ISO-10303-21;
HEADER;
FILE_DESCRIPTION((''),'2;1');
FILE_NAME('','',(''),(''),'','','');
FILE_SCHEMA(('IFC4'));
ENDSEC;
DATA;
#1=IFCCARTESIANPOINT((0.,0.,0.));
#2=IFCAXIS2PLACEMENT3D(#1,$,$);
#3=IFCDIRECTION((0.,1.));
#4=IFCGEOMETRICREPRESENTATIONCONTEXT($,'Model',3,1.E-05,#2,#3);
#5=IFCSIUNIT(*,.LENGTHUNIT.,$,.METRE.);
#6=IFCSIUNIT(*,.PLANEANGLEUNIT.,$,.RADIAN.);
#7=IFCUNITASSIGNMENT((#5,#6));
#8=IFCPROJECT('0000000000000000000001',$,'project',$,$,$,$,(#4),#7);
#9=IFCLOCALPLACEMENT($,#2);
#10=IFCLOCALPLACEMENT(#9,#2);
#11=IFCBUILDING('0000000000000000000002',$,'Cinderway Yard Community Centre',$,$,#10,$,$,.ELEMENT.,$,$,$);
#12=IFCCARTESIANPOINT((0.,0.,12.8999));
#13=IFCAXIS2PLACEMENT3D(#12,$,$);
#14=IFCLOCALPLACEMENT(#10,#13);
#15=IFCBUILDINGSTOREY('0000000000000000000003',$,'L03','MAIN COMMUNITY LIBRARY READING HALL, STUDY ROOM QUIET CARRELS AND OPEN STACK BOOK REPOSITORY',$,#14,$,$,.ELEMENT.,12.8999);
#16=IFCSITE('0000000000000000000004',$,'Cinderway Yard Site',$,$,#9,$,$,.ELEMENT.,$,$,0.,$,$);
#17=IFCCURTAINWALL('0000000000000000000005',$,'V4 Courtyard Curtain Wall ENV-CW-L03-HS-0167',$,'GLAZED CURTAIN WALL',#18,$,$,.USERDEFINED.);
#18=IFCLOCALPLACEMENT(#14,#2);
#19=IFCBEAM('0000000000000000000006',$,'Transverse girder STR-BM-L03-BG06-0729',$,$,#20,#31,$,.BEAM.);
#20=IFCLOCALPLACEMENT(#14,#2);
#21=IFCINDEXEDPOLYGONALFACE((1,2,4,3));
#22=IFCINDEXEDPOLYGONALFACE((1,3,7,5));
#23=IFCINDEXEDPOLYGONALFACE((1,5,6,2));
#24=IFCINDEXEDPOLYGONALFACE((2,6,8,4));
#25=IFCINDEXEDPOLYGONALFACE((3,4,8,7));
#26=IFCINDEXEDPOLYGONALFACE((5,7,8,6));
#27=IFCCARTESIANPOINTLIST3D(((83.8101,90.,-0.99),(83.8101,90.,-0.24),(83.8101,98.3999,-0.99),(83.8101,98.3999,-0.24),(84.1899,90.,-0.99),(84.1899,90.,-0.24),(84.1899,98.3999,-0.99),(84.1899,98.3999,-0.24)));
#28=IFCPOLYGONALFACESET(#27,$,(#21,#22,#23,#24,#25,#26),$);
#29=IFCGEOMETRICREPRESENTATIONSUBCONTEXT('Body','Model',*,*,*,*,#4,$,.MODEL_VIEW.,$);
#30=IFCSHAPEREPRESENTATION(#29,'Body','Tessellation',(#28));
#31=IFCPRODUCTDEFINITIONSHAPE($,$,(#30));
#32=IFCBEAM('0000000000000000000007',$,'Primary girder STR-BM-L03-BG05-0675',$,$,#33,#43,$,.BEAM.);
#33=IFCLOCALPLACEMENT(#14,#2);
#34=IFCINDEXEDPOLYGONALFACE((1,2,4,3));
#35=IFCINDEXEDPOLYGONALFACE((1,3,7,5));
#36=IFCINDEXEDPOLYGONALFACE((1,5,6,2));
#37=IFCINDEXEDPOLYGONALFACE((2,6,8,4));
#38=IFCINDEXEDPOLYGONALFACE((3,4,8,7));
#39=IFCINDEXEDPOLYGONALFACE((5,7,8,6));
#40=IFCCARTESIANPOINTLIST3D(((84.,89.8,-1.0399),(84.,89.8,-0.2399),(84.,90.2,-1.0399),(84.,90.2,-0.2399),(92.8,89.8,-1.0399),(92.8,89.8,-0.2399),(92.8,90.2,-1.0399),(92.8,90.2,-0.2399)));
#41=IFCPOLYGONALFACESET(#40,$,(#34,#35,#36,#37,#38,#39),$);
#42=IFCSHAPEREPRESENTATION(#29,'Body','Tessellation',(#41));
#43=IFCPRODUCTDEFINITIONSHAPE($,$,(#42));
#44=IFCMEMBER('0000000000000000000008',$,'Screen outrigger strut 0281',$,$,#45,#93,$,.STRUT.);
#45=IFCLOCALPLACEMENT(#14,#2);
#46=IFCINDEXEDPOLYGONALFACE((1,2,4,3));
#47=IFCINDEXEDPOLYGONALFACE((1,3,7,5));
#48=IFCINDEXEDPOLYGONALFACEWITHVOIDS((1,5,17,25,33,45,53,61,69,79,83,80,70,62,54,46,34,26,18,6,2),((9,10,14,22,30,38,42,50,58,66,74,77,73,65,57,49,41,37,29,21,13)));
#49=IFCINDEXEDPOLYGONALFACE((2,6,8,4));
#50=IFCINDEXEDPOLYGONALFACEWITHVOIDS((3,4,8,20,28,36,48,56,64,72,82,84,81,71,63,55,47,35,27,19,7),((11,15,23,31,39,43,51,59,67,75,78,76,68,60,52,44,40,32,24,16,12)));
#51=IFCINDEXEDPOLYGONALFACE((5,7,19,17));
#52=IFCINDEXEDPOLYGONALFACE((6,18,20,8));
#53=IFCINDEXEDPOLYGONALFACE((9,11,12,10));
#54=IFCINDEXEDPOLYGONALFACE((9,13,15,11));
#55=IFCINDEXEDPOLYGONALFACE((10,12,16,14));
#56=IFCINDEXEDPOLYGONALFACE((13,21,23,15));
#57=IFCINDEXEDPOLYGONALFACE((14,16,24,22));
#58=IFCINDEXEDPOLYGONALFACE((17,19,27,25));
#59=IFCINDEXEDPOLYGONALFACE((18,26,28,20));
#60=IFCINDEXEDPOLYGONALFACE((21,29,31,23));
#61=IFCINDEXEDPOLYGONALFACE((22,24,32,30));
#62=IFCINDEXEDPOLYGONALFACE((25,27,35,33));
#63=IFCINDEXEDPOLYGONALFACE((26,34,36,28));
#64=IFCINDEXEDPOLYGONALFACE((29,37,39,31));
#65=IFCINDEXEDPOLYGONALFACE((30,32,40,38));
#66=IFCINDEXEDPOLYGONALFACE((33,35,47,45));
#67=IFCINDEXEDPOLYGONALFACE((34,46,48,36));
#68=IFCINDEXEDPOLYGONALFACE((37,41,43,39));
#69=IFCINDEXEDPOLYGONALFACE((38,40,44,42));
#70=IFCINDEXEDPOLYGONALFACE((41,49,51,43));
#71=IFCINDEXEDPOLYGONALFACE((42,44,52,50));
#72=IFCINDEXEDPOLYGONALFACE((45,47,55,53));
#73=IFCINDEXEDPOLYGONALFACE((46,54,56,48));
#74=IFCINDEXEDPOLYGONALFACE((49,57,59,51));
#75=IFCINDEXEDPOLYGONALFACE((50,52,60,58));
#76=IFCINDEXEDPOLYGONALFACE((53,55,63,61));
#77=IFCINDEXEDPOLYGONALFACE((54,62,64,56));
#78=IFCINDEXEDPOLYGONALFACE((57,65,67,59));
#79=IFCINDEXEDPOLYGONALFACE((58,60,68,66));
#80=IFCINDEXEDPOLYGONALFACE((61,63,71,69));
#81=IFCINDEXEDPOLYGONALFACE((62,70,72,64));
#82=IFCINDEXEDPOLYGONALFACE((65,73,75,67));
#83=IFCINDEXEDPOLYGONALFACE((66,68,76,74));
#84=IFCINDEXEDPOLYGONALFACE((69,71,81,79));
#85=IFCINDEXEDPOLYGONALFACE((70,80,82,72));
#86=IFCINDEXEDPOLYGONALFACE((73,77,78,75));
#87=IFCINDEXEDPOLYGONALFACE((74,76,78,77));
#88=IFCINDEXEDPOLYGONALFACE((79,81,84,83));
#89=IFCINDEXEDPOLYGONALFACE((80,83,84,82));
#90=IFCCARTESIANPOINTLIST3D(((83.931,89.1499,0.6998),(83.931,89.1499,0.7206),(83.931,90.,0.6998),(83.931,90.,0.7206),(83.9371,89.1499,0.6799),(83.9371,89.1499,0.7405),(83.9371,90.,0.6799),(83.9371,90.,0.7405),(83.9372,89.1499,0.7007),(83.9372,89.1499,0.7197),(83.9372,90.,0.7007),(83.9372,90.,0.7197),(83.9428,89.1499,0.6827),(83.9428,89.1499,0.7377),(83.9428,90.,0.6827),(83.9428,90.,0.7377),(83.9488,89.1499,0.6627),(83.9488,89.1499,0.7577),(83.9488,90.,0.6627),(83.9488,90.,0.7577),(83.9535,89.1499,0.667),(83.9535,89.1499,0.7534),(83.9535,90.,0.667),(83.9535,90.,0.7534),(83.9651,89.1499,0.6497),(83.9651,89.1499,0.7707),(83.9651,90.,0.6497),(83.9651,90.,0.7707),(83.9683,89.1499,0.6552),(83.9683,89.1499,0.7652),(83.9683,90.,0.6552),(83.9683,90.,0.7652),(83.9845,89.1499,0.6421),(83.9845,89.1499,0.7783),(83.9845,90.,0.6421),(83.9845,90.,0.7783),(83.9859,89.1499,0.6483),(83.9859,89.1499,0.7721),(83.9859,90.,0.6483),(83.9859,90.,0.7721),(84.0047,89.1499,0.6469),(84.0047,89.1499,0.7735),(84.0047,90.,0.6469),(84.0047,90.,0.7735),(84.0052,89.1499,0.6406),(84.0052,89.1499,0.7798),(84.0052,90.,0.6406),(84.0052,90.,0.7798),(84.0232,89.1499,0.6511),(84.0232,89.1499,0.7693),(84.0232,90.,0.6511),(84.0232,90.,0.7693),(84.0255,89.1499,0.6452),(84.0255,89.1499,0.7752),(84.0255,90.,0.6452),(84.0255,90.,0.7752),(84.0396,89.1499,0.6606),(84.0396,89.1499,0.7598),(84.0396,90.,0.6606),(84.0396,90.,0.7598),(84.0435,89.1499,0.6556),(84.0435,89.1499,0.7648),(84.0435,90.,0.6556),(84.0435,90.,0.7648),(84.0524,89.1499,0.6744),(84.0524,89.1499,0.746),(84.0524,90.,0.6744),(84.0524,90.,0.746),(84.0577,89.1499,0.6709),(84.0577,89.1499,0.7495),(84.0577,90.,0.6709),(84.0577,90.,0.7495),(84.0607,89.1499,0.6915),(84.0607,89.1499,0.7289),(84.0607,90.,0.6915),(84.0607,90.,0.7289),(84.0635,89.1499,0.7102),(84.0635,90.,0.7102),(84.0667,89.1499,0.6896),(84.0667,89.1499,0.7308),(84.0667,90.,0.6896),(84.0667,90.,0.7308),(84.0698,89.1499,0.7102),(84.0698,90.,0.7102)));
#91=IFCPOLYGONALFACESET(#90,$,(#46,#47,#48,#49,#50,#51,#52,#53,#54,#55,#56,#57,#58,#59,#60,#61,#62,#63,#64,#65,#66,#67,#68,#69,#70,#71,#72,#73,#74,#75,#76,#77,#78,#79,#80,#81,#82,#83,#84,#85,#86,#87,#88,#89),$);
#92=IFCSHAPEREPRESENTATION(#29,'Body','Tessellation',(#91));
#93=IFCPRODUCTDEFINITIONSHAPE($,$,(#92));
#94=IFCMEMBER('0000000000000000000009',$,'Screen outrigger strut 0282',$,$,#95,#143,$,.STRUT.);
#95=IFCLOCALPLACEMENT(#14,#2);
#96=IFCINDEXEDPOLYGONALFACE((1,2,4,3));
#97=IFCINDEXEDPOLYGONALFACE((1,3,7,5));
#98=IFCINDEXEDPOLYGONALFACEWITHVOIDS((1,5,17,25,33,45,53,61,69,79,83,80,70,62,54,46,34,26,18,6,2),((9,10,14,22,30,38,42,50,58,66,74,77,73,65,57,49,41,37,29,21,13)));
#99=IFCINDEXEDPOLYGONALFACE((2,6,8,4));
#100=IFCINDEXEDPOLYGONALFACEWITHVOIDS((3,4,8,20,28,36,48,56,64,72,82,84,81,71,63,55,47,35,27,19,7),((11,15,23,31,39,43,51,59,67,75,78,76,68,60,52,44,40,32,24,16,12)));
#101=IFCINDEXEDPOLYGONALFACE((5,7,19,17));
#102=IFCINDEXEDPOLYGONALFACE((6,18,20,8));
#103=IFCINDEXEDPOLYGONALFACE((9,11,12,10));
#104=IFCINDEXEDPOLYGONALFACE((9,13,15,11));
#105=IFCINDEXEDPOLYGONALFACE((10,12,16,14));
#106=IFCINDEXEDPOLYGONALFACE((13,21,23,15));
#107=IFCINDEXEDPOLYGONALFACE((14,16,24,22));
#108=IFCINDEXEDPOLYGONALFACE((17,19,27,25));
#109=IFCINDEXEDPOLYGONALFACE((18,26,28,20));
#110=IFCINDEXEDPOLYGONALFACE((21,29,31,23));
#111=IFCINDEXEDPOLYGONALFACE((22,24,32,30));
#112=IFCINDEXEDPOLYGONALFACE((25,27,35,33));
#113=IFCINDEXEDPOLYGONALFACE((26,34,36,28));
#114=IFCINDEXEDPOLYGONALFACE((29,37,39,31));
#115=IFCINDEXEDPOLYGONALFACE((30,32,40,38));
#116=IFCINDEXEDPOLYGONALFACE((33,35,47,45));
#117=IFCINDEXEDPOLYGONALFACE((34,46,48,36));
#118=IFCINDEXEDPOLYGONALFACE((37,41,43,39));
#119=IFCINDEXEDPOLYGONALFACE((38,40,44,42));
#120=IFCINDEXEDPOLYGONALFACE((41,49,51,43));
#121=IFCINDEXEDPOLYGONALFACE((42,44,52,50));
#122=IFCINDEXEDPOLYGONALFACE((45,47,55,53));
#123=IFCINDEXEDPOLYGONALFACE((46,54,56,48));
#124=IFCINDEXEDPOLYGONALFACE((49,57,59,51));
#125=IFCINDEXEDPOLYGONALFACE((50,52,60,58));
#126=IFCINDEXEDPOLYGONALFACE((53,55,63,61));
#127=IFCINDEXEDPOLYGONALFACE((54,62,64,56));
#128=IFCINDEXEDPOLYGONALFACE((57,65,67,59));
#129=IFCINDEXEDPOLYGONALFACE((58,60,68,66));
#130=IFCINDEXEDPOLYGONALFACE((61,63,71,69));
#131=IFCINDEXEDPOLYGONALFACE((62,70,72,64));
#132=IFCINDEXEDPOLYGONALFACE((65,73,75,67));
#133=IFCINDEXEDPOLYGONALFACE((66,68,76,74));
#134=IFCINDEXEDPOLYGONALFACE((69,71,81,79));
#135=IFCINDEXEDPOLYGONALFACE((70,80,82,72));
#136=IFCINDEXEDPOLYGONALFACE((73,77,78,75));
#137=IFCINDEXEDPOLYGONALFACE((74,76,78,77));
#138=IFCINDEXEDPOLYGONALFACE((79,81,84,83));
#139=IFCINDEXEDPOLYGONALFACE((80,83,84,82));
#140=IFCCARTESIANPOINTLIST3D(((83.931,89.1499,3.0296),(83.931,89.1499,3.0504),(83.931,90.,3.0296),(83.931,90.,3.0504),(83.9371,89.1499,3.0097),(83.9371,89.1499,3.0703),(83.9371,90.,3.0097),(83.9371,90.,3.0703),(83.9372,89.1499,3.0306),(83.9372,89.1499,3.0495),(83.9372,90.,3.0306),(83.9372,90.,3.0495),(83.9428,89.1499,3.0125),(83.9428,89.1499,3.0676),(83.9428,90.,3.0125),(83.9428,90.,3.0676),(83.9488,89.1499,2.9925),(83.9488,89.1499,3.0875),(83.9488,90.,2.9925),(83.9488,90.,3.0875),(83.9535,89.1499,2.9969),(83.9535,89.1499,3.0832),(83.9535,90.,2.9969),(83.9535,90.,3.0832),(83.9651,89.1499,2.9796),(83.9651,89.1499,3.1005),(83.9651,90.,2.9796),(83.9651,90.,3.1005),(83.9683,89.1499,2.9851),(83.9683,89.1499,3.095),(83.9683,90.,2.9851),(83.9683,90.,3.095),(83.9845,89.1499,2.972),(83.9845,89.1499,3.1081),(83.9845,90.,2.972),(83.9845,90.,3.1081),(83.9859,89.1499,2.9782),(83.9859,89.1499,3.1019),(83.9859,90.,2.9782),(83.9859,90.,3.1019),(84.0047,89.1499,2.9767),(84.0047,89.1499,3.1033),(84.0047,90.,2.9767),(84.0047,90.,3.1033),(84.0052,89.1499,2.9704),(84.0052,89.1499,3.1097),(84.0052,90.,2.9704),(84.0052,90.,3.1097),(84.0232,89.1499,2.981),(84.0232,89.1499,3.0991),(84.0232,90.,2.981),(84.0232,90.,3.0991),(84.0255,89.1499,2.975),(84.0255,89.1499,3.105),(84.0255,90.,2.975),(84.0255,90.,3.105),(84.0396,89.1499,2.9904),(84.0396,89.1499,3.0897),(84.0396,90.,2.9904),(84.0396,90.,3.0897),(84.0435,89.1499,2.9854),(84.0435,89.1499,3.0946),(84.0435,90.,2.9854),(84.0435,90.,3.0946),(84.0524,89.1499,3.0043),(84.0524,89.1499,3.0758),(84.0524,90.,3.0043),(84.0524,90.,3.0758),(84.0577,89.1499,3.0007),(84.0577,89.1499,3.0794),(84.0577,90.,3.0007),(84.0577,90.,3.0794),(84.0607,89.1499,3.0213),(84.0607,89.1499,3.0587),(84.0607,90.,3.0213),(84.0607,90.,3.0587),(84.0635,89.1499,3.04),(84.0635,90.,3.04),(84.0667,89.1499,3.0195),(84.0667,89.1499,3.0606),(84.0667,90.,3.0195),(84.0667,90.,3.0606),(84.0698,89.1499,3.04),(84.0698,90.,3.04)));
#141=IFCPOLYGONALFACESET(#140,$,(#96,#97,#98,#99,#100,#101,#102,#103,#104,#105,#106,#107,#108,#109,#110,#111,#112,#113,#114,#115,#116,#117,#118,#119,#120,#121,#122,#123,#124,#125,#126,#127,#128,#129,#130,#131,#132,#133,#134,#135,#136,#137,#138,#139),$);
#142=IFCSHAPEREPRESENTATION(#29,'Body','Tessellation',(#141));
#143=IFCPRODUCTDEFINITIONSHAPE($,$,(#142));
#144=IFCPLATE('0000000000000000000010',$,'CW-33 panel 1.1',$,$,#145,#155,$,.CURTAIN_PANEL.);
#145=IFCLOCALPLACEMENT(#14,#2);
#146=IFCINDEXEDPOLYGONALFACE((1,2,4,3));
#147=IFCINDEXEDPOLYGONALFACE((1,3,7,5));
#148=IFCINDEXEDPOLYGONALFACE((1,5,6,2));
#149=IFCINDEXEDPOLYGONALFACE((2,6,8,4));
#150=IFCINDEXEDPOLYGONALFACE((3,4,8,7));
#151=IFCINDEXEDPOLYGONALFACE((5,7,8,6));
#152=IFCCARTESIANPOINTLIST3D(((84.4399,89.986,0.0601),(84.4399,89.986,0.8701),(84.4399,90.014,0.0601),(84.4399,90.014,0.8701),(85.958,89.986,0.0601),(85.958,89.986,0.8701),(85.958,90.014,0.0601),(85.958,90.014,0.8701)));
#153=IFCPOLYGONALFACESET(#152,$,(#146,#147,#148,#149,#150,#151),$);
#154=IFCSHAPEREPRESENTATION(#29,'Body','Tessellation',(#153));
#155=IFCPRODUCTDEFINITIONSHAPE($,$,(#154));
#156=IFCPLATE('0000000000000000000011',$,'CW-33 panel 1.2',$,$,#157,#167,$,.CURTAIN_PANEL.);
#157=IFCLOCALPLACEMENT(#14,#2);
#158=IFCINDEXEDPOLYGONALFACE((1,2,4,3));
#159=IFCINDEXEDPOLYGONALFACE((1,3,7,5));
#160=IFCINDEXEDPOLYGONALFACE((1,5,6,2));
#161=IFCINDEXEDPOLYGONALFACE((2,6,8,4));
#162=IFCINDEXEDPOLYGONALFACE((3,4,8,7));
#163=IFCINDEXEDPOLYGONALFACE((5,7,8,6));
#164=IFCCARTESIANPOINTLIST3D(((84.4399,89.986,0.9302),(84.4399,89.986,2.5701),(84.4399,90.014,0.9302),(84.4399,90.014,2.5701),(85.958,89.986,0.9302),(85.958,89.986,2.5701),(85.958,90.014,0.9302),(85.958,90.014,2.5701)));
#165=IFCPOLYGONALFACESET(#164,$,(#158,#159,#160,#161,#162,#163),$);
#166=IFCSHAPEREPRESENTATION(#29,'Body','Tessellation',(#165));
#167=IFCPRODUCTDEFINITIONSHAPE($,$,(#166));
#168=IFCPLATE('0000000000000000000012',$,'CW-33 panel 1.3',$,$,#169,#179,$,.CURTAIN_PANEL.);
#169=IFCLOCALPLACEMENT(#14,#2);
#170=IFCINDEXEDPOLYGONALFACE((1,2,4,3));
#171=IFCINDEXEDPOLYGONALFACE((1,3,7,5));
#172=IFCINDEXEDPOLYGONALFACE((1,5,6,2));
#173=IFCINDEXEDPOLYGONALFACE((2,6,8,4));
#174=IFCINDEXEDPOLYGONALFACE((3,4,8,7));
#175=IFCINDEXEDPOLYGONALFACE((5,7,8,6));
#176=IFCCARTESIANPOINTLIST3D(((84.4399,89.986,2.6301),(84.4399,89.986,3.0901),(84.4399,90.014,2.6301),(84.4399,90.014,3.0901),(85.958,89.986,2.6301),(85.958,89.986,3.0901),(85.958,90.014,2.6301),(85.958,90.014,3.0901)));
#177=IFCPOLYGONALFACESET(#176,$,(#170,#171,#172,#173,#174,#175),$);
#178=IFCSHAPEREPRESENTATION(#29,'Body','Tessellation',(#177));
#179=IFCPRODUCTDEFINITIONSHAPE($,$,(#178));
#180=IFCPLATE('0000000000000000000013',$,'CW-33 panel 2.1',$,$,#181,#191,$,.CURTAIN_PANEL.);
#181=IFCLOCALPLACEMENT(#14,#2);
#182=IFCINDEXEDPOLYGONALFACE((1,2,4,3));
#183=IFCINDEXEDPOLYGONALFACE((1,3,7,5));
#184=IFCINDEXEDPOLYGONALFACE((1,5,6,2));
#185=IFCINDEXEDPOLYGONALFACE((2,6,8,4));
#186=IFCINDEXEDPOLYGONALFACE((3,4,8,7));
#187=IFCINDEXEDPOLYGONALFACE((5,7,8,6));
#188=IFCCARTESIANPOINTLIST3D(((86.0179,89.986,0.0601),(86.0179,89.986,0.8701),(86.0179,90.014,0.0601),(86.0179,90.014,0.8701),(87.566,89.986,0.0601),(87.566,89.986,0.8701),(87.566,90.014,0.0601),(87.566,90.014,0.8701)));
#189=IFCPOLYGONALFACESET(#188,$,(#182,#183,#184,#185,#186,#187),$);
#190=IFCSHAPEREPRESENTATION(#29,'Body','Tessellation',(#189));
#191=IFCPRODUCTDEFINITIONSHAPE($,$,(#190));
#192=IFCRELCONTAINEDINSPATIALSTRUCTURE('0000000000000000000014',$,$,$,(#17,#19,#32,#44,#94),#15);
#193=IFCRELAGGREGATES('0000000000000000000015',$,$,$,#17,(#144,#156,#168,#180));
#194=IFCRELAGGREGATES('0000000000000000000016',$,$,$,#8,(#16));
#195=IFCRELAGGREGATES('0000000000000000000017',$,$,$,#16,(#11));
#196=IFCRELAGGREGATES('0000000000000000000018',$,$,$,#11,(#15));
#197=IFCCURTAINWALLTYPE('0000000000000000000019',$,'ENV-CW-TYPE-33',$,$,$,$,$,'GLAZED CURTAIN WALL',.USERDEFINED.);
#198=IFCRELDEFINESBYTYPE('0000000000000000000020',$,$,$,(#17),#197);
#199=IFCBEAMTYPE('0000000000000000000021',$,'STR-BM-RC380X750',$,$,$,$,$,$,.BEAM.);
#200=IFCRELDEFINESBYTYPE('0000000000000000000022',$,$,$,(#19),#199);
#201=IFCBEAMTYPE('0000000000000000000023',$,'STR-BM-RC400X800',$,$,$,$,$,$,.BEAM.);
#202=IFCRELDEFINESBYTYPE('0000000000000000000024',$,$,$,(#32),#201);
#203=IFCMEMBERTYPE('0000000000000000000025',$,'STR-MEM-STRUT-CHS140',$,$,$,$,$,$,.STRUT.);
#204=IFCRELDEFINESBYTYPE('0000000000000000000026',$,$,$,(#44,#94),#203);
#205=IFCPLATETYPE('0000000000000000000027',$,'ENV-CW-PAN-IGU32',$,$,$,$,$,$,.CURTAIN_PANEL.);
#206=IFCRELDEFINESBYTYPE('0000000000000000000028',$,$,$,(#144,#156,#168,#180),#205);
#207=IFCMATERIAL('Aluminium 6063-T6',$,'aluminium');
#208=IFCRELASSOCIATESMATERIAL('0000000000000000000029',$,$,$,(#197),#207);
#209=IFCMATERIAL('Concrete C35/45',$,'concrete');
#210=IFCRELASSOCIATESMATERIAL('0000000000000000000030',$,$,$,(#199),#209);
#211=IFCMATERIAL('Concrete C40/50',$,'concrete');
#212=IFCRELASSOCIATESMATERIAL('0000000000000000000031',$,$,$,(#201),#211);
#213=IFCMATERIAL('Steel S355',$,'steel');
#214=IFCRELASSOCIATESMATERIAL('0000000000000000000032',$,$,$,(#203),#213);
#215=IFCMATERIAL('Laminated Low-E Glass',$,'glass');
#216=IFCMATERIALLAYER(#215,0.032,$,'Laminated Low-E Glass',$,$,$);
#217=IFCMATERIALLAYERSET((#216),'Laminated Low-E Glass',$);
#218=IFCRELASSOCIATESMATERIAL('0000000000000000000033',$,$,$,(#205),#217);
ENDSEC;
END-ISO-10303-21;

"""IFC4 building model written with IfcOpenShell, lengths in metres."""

from ifc_helpers import new_model, si_unit, direction, frame, origin, origin_2d, place, context, subcontext, project, spatial, rectangle, hollow_circle, extrude, material, layer, layer_set, material_profile, profile_set, type_object, element, aggregate, save


model = new_model("IFC4")

# Units and contexts
model_context = context("Model", 3, precision=1e-05, world=origin(), true_north=direction((0.0, 1.0)))
body_context = subcontext(model_context, "Body", "Model", "MODEL_VIEW")
ifc_project = project(units=[si_unit("LENGTHUNIT", "METRE"), si_unit("PLANEANGLEUNIT", "RADIAN")], contexts=[model_context])

# Site, building, storey
site_placement = place(None, origin())
site = spatial("IfcSite", under=ifc_project, at=site_placement, Name="Cinderway Yard Site", CompositionType="ELEMENT", RefElevation=0.0)
building_placement = place(site_placement, origin())
building = spatial("IfcBuilding", under=site, at=building_placement, Name="Cinderway Yard Community Centre", CompositionType="ELEMENT")
storey_placement = place(building_placement, frame((0.0, 0.0, 12.8999)))
storey = spatial("IfcBuildingStorey", under=building, at=storey_placement, Name="L03", Description="MAIN COMMUNITY LIBRARY READING HALL, STUDY ROOM QUIET CARRELS AND OPEN STACK BOOK REPOSITORY", CompositionType="ELEMENT", Elevation=12.8999)

# Shared definitions
ifc_material_1 = material(Name="Concrete C40/50", Category="concrete")

# Shared definitions
ifc_material_2 = material(Name="Aluminium 6063-T6", Category="aluminium")
curtain_wall_type = type_object("IfcCurtainWallType", Name="ENV-CW-TYPE-33", ElementType="GLAZED CURTAIN WALL", PredefinedType="USERDEFINED", material=ifc_material_2)

# Curtain wall
curtain_wall_1_placement = place(storey_placement, origin())
curtain_wall_1 = element("IfcCurtainWall", 1, at=curtain_wall_1_placement, inside=storey, type_object=curtain_wall_type, Name="V4 Courtyard Curtain Wall ENV-CW-L03-HS-0167", ObjectType="GLAZED CURTAIN WALL", PredefinedType="USERDEFINED")

# Beams
ifc_material_3 = material(Name="Concrete C35/45", Category="concrete")
ifc_material_profile_1 = material_profile(ifc_material_3, rectangle(XDim=0.3799, YDim=0.75, at=origin_2d()), Name="Concrete C35/45")
ifc_profile_set_1 = profile_set([ifc_material_profile_1], Name="Concrete C35/45")
beam_type_1 = type_object("IfcBeamType", Name="STR-BM-RC380X750", PredefinedType="BEAM", material=ifc_profile_set_1)
beam_1_placement = place(storey_placement, frame((84.0, 90.0, -0.615), z_axis=(0.0, 1.0, 0.0), x_axis=(-1.0, 0.0, 0.0)))
element("IfcBeam", 2, at=beam_1_placement, inside=storey, type_object=beam_type_1, Name="Transverse girder STR-BM-L03-BG06-0729", PredefinedType="BEAM", context=body_context, shape_type="SweptSolid", body=[
    extrude(rectangle(XDim=0.3799, YDim=0.75, at=origin_2d()), origin(), (0.0, 0.0, 1.0), 8.3999),
])
ifc_material_profile_2 = material_profile(ifc_material_1, rectangle(XDim=0.3999, YDim=0.8, at=origin_2d()), Name="Concrete C40/50")
ifc_profile_set_2 = profile_set([ifc_material_profile_2], Name="Concrete C40/50")
beam_type_2 = type_object("IfcBeamType", Name="STR-BM-RC400X800", PredefinedType="BEAM", material=ifc_profile_set_2)
beam_2_placement = place(storey_placement, frame((84.0, 90.0, -0.6399), z_axis=(1.0, 0.0, 0.0), x_axis=(0.0, 1.0, 0.0)))
element("IfcBeam", 3, at=beam_2_placement, inside=storey, type_object=beam_type_2, Name="Primary girder STR-BM-L03-BG05-0675", PredefinedType="BEAM", context=body_context, shape_type="SweptSolid", body=[
    extrude(rectangle(XDim=0.3999, YDim=0.8, at=origin_2d()), origin(), (0.0, 0.0, 1.0), 8.8),
])

# Members
ifc_material_4 = material(Name="Steel S355", Category="steel")
ifc_material_profile_3 = material_profile(ifc_material_4, hollow_circle(Radius=0.0698, WallThickness=0.0063, at=origin_2d()), Name="Steel S355")
ifc_profile_set_3 = profile_set([ifc_material_profile_3], Name="Steel S355")
member_type_1 = type_object("IfcMemberType", Name="STR-MEM-STRUT-CHS140", PredefinedType="STRUT", material=ifc_profile_set_3)
for number, where, z_axis, x_axis, name in (
    (4, (84.0, 90.0, 0.7102), (0.0, -1.0, 0.0), (1.0, 0.0, 0.0), "Screen outrigger strut 0281"),
    (5, (84.0, 90.0, 3.04), (0.0, -1.0, 0.0), (1.0, 0.0, 0.0), "Screen outrigger strut 0282"),
):
    element("IfcMember", number, at=place(storey_placement, frame(where, z_axis=z_axis, x_axis=x_axis)), inside=storey, type_object=member_type_1, Name=name, PredefinedType="STRUT", context=body_context, shape_type="SweptSolid", body=[
        extrude(hollow_circle(Radius=0.0698, WallThickness=0.0063, at=origin_2d()), origin(), (0.0, 0.0, 1.0), 0.8501),
    ])

# Plates
ifc_material_5 = material(Name="Laminated Low-E Glass", Category="glass")
ifc_layer = layer(ifc_material_5, 0.032, Name="Laminated Low-E Glass")
ifc_layer_set = layer_set([ifc_layer], Name="Laminated Low-E Glass")
plate_type = type_object("IfcPlateType", Name="ENV-CW-PAN-IGU32", PredefinedType="CURTAIN_PANEL", material=ifc_layer_set)
plate_1_placement = place(storey_placement, frame((85.199, 90.0, 0.0601), z_axis=(0.0, 0.0, 1.0), x_axis=(1.0, 0.0, 0.0)))
plate_1 = element("IfcPlate", 6, at=plate_1_placement, type_object=plate_type, Name="CW-33 panel 1.1", PredefinedType="CURTAIN_PANEL", context=body_context, shape_type="SweptSolid", body=[
    extrude(rectangle(XDim=1.5181, YDim=0.0281, at=origin_2d()), origin(), (0.0, 0.0, 1.0), 0.8101),
])
plate_2_placement = place(storey_placement, frame((85.199, 90.0, 0.9302), z_axis=(0.0, 0.0, 1.0), x_axis=(1.0, 0.0, 0.0)))
plate_2 = element("IfcPlate", 7, at=plate_2_placement, type_object=plate_type, Name="CW-33 panel 1.2", PredefinedType="CURTAIN_PANEL", context=body_context, shape_type="SweptSolid", body=[
    extrude(rectangle(XDim=1.5181, YDim=0.0281, at=origin_2d()), origin(), (0.0, 0.0, 1.0), 1.6399),
])
plate_3_placement = place(storey_placement, frame((85.199, 90.0, 2.6301), z_axis=(0.0, 0.0, 1.0), x_axis=(1.0, 0.0, 0.0)))
plate_3 = element("IfcPlate", 8, at=plate_3_placement, type_object=plate_type, Name="CW-33 panel 1.3", PredefinedType="CURTAIN_PANEL", context=body_context, shape_type="SweptSolid", body=[
    extrude(rectangle(XDim=1.5181, YDim=0.0281, at=origin_2d()), origin(), (0.0, 0.0, 1.0), 0.46),
])
plate_4_placement = place(storey_placement, frame((86.792, 90.0, 0.0601), z_axis=(0.0, 0.0, 1.0), x_axis=(1.0, 0.0, 0.0)))
plate_4 = element("IfcPlate", 9, at=plate_4_placement, type_object=plate_type, Name="CW-33 panel 2.1", PredefinedType="CURTAIN_PANEL", context=body_context, shape_type="SweptSolid", body=[
    extrude(rectangle(XDim=1.5481, YDim=0.0281, at=origin_2d()), origin(), (0.0, 0.0, 1.0), 0.8101),
])
aggregate(curtain_wall_1, [plate_1, plate_2, plate_3, plate_4])

save(model, "model.ifc")
